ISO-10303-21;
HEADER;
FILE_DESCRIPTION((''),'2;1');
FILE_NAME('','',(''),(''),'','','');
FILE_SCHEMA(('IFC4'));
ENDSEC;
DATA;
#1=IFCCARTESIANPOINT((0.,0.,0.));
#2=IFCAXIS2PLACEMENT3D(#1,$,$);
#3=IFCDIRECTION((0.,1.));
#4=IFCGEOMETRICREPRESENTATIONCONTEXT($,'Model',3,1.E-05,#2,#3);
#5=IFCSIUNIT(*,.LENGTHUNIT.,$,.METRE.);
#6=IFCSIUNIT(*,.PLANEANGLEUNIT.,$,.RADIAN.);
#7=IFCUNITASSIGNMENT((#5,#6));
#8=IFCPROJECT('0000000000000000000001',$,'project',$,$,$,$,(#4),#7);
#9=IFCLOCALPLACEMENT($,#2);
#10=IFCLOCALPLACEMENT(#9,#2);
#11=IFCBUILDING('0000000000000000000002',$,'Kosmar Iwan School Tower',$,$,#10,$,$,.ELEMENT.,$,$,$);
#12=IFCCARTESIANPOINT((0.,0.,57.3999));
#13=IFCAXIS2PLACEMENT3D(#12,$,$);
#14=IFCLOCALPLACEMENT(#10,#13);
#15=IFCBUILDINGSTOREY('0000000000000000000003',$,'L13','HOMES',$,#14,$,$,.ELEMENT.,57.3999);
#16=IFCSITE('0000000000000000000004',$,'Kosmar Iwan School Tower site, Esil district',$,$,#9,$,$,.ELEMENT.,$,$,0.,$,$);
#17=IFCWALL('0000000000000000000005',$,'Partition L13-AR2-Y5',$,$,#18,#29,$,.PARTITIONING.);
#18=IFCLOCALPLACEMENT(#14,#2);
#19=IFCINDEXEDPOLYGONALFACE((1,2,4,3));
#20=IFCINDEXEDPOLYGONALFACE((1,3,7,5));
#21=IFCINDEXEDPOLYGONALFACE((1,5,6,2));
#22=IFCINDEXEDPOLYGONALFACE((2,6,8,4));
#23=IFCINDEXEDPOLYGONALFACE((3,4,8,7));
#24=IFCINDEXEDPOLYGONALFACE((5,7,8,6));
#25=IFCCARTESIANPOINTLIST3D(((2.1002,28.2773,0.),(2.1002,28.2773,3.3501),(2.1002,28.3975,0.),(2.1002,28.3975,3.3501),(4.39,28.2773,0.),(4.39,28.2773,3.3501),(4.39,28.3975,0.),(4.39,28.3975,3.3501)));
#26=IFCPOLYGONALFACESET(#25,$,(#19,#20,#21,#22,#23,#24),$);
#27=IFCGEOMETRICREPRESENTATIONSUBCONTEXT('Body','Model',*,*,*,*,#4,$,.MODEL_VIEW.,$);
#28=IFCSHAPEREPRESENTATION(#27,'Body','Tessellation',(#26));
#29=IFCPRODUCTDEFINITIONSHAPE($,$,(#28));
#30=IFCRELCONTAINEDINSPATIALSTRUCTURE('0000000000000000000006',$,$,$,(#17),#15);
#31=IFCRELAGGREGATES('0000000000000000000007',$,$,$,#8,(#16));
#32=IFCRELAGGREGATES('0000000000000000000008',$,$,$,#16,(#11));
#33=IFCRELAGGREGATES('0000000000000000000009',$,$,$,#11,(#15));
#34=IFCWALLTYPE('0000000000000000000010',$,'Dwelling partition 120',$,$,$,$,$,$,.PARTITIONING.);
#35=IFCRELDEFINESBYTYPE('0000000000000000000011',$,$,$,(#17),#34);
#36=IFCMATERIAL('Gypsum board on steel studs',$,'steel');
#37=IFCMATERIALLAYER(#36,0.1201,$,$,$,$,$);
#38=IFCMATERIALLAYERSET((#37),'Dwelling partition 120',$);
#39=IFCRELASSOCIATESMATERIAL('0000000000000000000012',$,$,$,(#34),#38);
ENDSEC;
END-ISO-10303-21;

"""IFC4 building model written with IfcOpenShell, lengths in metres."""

from ifc_helpers import new_model, si_unit, direction, frame, frame_2d, origin, place, context, subcontext, project, spatial, rectangle, extrude, material, layer, layer_set, type_object, element, save


model = new_model("IFC4")

# Units and contexts
model_context = context("Model", 3, precision=1e-05, world=origin(), true_north=direction((0.0, 1.0)))
body_context = subcontext(model_context, "Body", "Model", "MODEL_VIEW")
ifc_project = project(units=[si_unit("LENGTHUNIT", "METRE"), si_unit("PLANEANGLEUNIT", "RADIAN")], contexts=[model_context])

# Site, building, storey
site_placement = place(None, origin())
site = spatial("IfcSite", under=ifc_project, at=site_placement, Name="Kosmar Iwan School Tower site, Esil district", CompositionType="ELEMENT", RefElevation=0.0)
building_placement = place(site_placement, origin())
building = spatial("IfcBuilding", under=site, at=building_placement, Name="Kosmar Iwan School Tower", CompositionType="ELEMENT")
storey_placement = place(building_placement, frame((0.0, 0.0, 57.3999)))
storey = spatial("IfcBuildingStorey", under=building, at=storey_placement, Name="L13", Description="HOMES", CompositionType="ELEMENT", Elevation=57.3999)

# Wall
ifc_material_1 = material(Name="Gypsum board on steel studs", Category="steel")
ifc_layer_1 = layer(ifc_material_1, 0.1201)
ifc_layer_set_1 = layer_set([ifc_layer_1], Name="Dwelling partition 120")
wall_type_1 = type_object("IfcWallType", Name="Dwelling partition 120", PredefinedType="PARTITIONING", material=ifc_layer_set_1)
for number, where, z_axis, x_axis, name in (
    (1, (2.1001, 28.3374, 0.0), (0.0, 0.0, 1.0), (1.0, 0.0, 0.0), "Partition L13-AR2-Y5"),
):
    element("IfcWall", number, at=place(storey_placement, frame(where, z_axis=z_axis, x_axis=x_axis)), inside=storey, type_object=wall_type_1, Name=name, PredefinedType="PARTITIONING", context=body_context, shape_type="SweptSolid", body=[
        extrude(rectangle(XDim=2.2898, YDim=0.1201, at=frame_2d((1.145, 0.0))), origin(), (0.0, 0.0, 1.0), 3.3501),
    ])

save(model, "model.ifc")
